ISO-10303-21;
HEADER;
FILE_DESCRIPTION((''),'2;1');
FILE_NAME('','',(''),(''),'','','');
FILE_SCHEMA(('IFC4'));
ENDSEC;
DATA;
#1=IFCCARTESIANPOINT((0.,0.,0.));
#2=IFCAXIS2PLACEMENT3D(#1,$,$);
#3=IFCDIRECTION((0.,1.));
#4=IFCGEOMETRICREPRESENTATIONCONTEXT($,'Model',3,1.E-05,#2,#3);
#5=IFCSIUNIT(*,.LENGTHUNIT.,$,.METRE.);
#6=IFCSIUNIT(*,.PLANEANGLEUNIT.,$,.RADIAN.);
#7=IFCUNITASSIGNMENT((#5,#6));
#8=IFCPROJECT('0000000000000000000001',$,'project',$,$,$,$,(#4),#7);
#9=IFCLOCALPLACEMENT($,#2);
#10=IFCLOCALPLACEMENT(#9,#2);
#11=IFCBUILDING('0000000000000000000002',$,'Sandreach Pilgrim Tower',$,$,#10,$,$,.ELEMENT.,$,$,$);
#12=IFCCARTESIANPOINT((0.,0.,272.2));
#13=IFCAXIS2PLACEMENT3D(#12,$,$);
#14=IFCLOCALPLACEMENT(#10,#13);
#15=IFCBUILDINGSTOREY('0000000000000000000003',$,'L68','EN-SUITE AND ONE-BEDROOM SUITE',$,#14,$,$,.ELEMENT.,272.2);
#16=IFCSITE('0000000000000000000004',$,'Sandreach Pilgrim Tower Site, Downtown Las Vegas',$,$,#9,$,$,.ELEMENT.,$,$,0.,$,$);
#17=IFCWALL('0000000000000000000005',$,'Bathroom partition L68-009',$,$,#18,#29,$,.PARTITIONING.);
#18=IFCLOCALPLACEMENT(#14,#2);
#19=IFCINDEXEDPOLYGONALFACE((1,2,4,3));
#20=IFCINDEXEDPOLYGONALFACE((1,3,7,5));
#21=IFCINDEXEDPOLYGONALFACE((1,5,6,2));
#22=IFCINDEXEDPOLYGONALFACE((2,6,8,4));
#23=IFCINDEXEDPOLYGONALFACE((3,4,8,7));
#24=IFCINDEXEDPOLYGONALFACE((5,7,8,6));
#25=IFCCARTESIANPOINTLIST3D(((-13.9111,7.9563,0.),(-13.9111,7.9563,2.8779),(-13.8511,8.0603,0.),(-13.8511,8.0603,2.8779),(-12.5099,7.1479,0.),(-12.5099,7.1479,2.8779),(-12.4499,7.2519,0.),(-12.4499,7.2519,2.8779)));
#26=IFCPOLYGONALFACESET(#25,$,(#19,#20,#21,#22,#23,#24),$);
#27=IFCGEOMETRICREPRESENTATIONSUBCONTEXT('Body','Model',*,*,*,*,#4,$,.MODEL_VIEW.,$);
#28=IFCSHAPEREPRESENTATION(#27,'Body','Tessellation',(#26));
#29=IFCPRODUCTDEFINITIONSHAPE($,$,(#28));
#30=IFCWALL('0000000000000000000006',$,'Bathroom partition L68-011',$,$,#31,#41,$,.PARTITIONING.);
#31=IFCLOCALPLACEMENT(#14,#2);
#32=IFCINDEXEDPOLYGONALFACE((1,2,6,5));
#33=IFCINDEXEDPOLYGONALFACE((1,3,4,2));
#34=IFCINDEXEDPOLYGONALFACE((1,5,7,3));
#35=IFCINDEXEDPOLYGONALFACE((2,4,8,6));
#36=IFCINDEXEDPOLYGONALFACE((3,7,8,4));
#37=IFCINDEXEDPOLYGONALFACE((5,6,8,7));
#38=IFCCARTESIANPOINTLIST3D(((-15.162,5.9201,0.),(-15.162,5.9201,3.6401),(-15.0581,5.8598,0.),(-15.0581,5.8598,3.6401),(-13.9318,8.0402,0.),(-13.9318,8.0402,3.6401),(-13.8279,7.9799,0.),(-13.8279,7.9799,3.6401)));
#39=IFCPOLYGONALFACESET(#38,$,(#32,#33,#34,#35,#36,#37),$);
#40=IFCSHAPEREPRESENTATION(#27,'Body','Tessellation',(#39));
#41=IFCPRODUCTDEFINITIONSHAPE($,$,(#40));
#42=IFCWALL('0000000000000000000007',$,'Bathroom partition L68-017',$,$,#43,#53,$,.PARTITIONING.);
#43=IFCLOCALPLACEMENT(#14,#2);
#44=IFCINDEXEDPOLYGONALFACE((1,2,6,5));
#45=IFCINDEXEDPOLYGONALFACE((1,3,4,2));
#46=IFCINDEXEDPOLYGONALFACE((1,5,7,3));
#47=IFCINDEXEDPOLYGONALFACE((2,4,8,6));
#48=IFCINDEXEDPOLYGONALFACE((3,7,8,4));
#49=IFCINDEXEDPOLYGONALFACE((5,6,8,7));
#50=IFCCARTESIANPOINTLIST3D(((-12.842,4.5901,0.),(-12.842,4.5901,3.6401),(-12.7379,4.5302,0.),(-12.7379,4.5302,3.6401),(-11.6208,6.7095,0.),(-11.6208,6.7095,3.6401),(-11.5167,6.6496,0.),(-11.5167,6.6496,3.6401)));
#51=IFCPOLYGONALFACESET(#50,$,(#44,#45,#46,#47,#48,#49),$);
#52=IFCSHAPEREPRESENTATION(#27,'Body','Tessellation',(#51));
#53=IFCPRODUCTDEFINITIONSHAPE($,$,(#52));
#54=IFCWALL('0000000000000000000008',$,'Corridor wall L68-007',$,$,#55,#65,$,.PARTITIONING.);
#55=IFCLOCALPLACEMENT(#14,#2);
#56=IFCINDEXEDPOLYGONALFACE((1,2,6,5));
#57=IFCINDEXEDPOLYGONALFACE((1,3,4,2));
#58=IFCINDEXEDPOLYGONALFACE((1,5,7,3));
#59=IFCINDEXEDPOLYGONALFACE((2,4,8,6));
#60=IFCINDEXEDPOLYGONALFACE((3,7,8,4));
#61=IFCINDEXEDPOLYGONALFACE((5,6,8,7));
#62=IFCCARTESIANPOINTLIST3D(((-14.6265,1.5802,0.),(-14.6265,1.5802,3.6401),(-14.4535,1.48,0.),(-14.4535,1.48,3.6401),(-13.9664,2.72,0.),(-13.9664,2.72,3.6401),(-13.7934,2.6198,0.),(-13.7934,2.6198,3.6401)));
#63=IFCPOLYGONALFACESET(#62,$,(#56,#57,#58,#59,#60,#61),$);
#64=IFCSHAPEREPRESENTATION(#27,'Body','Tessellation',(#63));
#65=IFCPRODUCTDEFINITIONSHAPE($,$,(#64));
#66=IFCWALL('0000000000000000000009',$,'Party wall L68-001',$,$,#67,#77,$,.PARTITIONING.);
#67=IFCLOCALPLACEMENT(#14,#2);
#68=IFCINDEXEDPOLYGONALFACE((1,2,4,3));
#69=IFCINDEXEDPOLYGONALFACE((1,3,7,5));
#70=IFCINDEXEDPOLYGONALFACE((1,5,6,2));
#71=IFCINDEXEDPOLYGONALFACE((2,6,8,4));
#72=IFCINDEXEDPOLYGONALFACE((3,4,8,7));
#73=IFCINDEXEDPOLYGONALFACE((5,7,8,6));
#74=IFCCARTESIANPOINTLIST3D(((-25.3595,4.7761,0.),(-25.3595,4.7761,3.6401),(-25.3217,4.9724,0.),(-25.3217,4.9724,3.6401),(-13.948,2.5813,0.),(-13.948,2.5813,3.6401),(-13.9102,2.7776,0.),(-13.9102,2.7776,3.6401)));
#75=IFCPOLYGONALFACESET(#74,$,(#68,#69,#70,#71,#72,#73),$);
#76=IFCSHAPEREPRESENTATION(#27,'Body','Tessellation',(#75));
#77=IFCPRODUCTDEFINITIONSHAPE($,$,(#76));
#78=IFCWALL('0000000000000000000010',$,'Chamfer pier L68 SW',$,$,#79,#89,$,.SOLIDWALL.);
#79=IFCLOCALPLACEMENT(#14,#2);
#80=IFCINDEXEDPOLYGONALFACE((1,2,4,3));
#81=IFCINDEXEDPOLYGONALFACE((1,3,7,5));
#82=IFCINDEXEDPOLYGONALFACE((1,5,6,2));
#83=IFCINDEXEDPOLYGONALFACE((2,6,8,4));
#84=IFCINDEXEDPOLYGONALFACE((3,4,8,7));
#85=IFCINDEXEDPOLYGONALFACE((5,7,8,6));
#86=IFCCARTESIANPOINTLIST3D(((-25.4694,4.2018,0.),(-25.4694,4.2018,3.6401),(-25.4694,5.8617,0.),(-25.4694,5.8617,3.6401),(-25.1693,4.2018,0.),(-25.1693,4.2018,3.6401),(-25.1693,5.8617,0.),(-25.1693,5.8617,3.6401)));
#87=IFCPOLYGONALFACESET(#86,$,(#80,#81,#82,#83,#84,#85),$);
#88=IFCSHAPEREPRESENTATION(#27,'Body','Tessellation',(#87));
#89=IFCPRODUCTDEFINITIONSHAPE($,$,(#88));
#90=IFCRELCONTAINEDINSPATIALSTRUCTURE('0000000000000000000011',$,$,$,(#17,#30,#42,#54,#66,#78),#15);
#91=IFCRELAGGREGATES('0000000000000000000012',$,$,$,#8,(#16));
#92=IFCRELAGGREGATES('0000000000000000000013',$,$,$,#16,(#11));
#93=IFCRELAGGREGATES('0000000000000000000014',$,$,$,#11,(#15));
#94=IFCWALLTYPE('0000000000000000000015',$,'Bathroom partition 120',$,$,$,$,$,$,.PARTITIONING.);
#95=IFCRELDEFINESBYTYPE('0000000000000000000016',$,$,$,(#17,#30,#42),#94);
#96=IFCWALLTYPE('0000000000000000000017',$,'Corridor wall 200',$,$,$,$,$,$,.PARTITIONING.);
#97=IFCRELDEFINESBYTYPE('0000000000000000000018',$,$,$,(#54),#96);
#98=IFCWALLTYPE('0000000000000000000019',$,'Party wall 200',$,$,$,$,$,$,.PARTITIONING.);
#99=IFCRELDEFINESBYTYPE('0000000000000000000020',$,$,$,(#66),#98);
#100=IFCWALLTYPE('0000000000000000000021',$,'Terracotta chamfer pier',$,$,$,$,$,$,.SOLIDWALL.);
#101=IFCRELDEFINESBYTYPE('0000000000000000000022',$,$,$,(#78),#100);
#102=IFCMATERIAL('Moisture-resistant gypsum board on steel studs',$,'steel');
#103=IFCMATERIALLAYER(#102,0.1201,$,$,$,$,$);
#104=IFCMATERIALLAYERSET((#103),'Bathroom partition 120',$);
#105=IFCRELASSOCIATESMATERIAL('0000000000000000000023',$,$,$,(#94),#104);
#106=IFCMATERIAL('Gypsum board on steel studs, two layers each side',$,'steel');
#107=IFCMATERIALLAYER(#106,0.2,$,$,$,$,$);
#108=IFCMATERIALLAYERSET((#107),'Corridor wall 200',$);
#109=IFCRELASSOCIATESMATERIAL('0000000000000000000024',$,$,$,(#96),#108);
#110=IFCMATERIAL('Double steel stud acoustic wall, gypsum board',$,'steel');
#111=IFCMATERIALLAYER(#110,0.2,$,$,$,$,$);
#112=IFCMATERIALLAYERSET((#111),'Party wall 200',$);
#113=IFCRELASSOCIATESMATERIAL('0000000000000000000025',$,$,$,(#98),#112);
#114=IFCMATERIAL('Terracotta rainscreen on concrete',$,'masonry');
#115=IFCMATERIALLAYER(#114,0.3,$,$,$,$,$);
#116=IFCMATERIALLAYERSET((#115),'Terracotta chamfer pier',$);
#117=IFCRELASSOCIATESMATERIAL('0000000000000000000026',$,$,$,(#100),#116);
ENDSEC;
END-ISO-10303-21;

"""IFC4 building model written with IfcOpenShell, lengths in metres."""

from ifc_helpers import new_model, si_unit, direction, frame, frame_2d, origin, place, context, subcontext, project, spatial, rectangle, extrude, material, layer, layer_set, type_object, element, save


model = new_model("IFC4")

# Units and contexts
model_context = context("Model", 3, precision=1e-05, world=origin(), true_north=direction((0.0, 1.0)))
body_context = subcontext(model_context, "Body", "Model", "MODEL_VIEW")
ifc_project = project(units=[si_unit("LENGTHUNIT", "METRE"), si_unit("PLANEANGLEUNIT", "RADIAN")], contexts=[model_context])

# Site, building, storey
site_placement = place(None, origin())
site = spatial("IfcSite", under=ifc_project, at=site_placement, Name="Sandreach Pilgrim Tower Site, Downtown Las Vegas", CompositionType="ELEMENT", RefElevation=0.0)
building_placement = place(site_placement, origin())
building = spatial("IfcBuilding", under=site, at=building_placement, Name="Sandreach Pilgrim Tower", CompositionType="ELEMENT")
storey_placement = place(building_placement, frame((0.0, 0.0, 272.2)))
storey = spatial("IfcBuildingStorey", under=building, at=storey_placement, Name="L68", Description="EN-SUITE AND ONE-BEDROOM SUITE", CompositionType="ELEMENT", Elevation=272.2)

# Shared definitions
ifc_material_1 = material(Name="Moisture-resistant gypsum board on steel studs", Category="steel")
ifc_layer_1 = layer(ifc_material_1, 0.1201)
ifc_layer_set_1 = layer_set([ifc_layer_1], Name="Bathroom partition 120")
wall_type_1 = type_object("IfcWallType", Name="Bathroom partition 120", PredefinedType="PARTITIONING", material=ifc_layer_set_1)

# Walls
wall_1_placement = place(storey_placement, frame((-13.8811, 8.0083, 0.0), z_axis=(0.0, 0.0, 1.0), x_axis=(0.866183, -0.499727, 0.0)))
element("IfcWall", 1, at=wall_1_placement, inside=storey, type_object=wall_type_1, Name="Bathroom partition L68-009", PredefinedType="PARTITIONING", context=body_context, shape_type="SweptSolid", body=[
    extrude(rectangle(XDim=1.6177, YDim=0.1201, at=frame_2d((0.8088, 0.0))), origin(), (0.0, 0.0, 1.0), 2.8779),
])
wall_2_placement = place(storey_placement, frame((-13.8799, 8.01, 0.0), z_axis=(0.0, 0.0, 1.0), x_axis=(-0.501888, -0.864933, 0.0)))
element("IfcWall", 2, at=wall_2_placement, inside=storey, type_object=wall_type_1, Name="Bathroom partition L68-011", PredefinedType="PARTITIONING", context=body_context, shape_type="SweptSolid", body=[
    extrude(rectangle(XDim=2.4512, YDim=0.1201, at=frame_2d((1.2256, 0.0))), origin(), (0.0, 0.0, 1.0), 3.6401),
])
wall_3_placement = place(storey_placement, frame((-12.79, 4.5601, 0.0), z_axis=(0.0, 0.0, 1.0), x_axis=(0.499253, 0.866456, 0.0)))
element("IfcWall", 3, at=wall_3_placement, inside=storey, type_object=wall_type_1, Name="Bathroom partition L68-017", PredefinedType="PARTITIONING", context=body_context, shape_type="SweptSolid", body=[
    extrude(rectangle(XDim=2.446, YDim=0.1201, at=frame_2d((1.2231, 0.0))), origin(), (0.0, 0.0, 1.0), 3.6401),
])
ifc_material_2 = material(Name="Gypsum board on steel studs, two layers each side", Category="steel")
ifc_layer_2 = layer(ifc_material_2, 0.2)
ifc_layer_set_2 = layer_set([ifc_layer_2], Name="Corridor wall 200")
wall_type_2 = type_object("IfcWallType", Name="Corridor wall 200", PredefinedType="PARTITIONING", material=ifc_layer_set_2)
wall_4_placement = place(storey_placement, frame((-14.54, 1.53, 0.0), z_axis=(0.0, 0.0, 1.0), x_axis=(0.50116, 0.865354, 0.0)))
element("IfcWall", 4, at=wall_4_placement, inside=storey, type_object=wall_type_2, Name="Corridor wall L68-007", PredefinedType="PARTITIONING", context=body_context, shape_type="SweptSolid", body=[
    extrude(rectangle(XDim=1.3171, YDim=0.2, at=frame_2d((0.6587, 0.0))), origin(), (0.0, 0.0, 1.0), 3.6401),
])

# Walls
ifc_material_3 = material(Name="Double steel stud acoustic wall, gypsum board", Category="steel")
ifc_layer_3 = layer(ifc_material_3, 0.2)
ifc_layer_set_3 = layer_set([ifc_layer_3], Name="Party wall 200")
wall_type_3 = type_object("IfcWallType", Name="Party wall 200", PredefinedType="PARTITIONING", material=ifc_layer_set_3)
wall_5_placement = place(storey_placement, frame((-25.3406, 4.8743, 0.0), z_axis=(0.0, 0.0, 1.0), x_axis=(0.982001, -0.188875, 0.0)))
element("IfcWall", 5, at=wall_5_placement, inside=storey, type_object=wall_type_3, Name="Party wall L68-001", PredefinedType="PARTITIONING", context=body_context, shape_type="SweptSolid", body=[
    extrude(rectangle(XDim=11.6206, YDim=0.2, at=frame_2d((5.8103, 0.0))), origin(), (0.0, 0.0, 1.0), 3.6401),
])
ifc_material_4 = material(Name="Terracotta rainscreen on concrete", Category="masonry")
ifc_layer_4 = layer(ifc_material_4, 0.3)
ifc_layer_set_4 = layer_set([ifc_layer_4], Name="Terracotta chamfer pier")
wall_type_4 = type_object("IfcWallType", Name="Terracotta chamfer pier", PredefinedType="SOLIDWALL", material=ifc_layer_set_4)
wall_6_placement = place(storey_placement, frame((-25.3193, 4.2017, 0.0), z_axis=(0.0, 0.0, 1.0), x_axis=(0.0, 1.0, 0.0)))
element("IfcWall", 6, at=wall_6_placement, inside=storey, type_object=wall_type_4, Name="Chamfer pier L68 SW", PredefinedType="SOLIDWALL", context=body_context, shape_type="SweptSolid", body=[
    extrude(rectangle(XDim=1.6599, YDim=0.3, at=frame_2d((0.8301, 0.0))), origin(), (0.0, 0.0, 1.0), 3.6401),
])

save(model, "model.ifc")
